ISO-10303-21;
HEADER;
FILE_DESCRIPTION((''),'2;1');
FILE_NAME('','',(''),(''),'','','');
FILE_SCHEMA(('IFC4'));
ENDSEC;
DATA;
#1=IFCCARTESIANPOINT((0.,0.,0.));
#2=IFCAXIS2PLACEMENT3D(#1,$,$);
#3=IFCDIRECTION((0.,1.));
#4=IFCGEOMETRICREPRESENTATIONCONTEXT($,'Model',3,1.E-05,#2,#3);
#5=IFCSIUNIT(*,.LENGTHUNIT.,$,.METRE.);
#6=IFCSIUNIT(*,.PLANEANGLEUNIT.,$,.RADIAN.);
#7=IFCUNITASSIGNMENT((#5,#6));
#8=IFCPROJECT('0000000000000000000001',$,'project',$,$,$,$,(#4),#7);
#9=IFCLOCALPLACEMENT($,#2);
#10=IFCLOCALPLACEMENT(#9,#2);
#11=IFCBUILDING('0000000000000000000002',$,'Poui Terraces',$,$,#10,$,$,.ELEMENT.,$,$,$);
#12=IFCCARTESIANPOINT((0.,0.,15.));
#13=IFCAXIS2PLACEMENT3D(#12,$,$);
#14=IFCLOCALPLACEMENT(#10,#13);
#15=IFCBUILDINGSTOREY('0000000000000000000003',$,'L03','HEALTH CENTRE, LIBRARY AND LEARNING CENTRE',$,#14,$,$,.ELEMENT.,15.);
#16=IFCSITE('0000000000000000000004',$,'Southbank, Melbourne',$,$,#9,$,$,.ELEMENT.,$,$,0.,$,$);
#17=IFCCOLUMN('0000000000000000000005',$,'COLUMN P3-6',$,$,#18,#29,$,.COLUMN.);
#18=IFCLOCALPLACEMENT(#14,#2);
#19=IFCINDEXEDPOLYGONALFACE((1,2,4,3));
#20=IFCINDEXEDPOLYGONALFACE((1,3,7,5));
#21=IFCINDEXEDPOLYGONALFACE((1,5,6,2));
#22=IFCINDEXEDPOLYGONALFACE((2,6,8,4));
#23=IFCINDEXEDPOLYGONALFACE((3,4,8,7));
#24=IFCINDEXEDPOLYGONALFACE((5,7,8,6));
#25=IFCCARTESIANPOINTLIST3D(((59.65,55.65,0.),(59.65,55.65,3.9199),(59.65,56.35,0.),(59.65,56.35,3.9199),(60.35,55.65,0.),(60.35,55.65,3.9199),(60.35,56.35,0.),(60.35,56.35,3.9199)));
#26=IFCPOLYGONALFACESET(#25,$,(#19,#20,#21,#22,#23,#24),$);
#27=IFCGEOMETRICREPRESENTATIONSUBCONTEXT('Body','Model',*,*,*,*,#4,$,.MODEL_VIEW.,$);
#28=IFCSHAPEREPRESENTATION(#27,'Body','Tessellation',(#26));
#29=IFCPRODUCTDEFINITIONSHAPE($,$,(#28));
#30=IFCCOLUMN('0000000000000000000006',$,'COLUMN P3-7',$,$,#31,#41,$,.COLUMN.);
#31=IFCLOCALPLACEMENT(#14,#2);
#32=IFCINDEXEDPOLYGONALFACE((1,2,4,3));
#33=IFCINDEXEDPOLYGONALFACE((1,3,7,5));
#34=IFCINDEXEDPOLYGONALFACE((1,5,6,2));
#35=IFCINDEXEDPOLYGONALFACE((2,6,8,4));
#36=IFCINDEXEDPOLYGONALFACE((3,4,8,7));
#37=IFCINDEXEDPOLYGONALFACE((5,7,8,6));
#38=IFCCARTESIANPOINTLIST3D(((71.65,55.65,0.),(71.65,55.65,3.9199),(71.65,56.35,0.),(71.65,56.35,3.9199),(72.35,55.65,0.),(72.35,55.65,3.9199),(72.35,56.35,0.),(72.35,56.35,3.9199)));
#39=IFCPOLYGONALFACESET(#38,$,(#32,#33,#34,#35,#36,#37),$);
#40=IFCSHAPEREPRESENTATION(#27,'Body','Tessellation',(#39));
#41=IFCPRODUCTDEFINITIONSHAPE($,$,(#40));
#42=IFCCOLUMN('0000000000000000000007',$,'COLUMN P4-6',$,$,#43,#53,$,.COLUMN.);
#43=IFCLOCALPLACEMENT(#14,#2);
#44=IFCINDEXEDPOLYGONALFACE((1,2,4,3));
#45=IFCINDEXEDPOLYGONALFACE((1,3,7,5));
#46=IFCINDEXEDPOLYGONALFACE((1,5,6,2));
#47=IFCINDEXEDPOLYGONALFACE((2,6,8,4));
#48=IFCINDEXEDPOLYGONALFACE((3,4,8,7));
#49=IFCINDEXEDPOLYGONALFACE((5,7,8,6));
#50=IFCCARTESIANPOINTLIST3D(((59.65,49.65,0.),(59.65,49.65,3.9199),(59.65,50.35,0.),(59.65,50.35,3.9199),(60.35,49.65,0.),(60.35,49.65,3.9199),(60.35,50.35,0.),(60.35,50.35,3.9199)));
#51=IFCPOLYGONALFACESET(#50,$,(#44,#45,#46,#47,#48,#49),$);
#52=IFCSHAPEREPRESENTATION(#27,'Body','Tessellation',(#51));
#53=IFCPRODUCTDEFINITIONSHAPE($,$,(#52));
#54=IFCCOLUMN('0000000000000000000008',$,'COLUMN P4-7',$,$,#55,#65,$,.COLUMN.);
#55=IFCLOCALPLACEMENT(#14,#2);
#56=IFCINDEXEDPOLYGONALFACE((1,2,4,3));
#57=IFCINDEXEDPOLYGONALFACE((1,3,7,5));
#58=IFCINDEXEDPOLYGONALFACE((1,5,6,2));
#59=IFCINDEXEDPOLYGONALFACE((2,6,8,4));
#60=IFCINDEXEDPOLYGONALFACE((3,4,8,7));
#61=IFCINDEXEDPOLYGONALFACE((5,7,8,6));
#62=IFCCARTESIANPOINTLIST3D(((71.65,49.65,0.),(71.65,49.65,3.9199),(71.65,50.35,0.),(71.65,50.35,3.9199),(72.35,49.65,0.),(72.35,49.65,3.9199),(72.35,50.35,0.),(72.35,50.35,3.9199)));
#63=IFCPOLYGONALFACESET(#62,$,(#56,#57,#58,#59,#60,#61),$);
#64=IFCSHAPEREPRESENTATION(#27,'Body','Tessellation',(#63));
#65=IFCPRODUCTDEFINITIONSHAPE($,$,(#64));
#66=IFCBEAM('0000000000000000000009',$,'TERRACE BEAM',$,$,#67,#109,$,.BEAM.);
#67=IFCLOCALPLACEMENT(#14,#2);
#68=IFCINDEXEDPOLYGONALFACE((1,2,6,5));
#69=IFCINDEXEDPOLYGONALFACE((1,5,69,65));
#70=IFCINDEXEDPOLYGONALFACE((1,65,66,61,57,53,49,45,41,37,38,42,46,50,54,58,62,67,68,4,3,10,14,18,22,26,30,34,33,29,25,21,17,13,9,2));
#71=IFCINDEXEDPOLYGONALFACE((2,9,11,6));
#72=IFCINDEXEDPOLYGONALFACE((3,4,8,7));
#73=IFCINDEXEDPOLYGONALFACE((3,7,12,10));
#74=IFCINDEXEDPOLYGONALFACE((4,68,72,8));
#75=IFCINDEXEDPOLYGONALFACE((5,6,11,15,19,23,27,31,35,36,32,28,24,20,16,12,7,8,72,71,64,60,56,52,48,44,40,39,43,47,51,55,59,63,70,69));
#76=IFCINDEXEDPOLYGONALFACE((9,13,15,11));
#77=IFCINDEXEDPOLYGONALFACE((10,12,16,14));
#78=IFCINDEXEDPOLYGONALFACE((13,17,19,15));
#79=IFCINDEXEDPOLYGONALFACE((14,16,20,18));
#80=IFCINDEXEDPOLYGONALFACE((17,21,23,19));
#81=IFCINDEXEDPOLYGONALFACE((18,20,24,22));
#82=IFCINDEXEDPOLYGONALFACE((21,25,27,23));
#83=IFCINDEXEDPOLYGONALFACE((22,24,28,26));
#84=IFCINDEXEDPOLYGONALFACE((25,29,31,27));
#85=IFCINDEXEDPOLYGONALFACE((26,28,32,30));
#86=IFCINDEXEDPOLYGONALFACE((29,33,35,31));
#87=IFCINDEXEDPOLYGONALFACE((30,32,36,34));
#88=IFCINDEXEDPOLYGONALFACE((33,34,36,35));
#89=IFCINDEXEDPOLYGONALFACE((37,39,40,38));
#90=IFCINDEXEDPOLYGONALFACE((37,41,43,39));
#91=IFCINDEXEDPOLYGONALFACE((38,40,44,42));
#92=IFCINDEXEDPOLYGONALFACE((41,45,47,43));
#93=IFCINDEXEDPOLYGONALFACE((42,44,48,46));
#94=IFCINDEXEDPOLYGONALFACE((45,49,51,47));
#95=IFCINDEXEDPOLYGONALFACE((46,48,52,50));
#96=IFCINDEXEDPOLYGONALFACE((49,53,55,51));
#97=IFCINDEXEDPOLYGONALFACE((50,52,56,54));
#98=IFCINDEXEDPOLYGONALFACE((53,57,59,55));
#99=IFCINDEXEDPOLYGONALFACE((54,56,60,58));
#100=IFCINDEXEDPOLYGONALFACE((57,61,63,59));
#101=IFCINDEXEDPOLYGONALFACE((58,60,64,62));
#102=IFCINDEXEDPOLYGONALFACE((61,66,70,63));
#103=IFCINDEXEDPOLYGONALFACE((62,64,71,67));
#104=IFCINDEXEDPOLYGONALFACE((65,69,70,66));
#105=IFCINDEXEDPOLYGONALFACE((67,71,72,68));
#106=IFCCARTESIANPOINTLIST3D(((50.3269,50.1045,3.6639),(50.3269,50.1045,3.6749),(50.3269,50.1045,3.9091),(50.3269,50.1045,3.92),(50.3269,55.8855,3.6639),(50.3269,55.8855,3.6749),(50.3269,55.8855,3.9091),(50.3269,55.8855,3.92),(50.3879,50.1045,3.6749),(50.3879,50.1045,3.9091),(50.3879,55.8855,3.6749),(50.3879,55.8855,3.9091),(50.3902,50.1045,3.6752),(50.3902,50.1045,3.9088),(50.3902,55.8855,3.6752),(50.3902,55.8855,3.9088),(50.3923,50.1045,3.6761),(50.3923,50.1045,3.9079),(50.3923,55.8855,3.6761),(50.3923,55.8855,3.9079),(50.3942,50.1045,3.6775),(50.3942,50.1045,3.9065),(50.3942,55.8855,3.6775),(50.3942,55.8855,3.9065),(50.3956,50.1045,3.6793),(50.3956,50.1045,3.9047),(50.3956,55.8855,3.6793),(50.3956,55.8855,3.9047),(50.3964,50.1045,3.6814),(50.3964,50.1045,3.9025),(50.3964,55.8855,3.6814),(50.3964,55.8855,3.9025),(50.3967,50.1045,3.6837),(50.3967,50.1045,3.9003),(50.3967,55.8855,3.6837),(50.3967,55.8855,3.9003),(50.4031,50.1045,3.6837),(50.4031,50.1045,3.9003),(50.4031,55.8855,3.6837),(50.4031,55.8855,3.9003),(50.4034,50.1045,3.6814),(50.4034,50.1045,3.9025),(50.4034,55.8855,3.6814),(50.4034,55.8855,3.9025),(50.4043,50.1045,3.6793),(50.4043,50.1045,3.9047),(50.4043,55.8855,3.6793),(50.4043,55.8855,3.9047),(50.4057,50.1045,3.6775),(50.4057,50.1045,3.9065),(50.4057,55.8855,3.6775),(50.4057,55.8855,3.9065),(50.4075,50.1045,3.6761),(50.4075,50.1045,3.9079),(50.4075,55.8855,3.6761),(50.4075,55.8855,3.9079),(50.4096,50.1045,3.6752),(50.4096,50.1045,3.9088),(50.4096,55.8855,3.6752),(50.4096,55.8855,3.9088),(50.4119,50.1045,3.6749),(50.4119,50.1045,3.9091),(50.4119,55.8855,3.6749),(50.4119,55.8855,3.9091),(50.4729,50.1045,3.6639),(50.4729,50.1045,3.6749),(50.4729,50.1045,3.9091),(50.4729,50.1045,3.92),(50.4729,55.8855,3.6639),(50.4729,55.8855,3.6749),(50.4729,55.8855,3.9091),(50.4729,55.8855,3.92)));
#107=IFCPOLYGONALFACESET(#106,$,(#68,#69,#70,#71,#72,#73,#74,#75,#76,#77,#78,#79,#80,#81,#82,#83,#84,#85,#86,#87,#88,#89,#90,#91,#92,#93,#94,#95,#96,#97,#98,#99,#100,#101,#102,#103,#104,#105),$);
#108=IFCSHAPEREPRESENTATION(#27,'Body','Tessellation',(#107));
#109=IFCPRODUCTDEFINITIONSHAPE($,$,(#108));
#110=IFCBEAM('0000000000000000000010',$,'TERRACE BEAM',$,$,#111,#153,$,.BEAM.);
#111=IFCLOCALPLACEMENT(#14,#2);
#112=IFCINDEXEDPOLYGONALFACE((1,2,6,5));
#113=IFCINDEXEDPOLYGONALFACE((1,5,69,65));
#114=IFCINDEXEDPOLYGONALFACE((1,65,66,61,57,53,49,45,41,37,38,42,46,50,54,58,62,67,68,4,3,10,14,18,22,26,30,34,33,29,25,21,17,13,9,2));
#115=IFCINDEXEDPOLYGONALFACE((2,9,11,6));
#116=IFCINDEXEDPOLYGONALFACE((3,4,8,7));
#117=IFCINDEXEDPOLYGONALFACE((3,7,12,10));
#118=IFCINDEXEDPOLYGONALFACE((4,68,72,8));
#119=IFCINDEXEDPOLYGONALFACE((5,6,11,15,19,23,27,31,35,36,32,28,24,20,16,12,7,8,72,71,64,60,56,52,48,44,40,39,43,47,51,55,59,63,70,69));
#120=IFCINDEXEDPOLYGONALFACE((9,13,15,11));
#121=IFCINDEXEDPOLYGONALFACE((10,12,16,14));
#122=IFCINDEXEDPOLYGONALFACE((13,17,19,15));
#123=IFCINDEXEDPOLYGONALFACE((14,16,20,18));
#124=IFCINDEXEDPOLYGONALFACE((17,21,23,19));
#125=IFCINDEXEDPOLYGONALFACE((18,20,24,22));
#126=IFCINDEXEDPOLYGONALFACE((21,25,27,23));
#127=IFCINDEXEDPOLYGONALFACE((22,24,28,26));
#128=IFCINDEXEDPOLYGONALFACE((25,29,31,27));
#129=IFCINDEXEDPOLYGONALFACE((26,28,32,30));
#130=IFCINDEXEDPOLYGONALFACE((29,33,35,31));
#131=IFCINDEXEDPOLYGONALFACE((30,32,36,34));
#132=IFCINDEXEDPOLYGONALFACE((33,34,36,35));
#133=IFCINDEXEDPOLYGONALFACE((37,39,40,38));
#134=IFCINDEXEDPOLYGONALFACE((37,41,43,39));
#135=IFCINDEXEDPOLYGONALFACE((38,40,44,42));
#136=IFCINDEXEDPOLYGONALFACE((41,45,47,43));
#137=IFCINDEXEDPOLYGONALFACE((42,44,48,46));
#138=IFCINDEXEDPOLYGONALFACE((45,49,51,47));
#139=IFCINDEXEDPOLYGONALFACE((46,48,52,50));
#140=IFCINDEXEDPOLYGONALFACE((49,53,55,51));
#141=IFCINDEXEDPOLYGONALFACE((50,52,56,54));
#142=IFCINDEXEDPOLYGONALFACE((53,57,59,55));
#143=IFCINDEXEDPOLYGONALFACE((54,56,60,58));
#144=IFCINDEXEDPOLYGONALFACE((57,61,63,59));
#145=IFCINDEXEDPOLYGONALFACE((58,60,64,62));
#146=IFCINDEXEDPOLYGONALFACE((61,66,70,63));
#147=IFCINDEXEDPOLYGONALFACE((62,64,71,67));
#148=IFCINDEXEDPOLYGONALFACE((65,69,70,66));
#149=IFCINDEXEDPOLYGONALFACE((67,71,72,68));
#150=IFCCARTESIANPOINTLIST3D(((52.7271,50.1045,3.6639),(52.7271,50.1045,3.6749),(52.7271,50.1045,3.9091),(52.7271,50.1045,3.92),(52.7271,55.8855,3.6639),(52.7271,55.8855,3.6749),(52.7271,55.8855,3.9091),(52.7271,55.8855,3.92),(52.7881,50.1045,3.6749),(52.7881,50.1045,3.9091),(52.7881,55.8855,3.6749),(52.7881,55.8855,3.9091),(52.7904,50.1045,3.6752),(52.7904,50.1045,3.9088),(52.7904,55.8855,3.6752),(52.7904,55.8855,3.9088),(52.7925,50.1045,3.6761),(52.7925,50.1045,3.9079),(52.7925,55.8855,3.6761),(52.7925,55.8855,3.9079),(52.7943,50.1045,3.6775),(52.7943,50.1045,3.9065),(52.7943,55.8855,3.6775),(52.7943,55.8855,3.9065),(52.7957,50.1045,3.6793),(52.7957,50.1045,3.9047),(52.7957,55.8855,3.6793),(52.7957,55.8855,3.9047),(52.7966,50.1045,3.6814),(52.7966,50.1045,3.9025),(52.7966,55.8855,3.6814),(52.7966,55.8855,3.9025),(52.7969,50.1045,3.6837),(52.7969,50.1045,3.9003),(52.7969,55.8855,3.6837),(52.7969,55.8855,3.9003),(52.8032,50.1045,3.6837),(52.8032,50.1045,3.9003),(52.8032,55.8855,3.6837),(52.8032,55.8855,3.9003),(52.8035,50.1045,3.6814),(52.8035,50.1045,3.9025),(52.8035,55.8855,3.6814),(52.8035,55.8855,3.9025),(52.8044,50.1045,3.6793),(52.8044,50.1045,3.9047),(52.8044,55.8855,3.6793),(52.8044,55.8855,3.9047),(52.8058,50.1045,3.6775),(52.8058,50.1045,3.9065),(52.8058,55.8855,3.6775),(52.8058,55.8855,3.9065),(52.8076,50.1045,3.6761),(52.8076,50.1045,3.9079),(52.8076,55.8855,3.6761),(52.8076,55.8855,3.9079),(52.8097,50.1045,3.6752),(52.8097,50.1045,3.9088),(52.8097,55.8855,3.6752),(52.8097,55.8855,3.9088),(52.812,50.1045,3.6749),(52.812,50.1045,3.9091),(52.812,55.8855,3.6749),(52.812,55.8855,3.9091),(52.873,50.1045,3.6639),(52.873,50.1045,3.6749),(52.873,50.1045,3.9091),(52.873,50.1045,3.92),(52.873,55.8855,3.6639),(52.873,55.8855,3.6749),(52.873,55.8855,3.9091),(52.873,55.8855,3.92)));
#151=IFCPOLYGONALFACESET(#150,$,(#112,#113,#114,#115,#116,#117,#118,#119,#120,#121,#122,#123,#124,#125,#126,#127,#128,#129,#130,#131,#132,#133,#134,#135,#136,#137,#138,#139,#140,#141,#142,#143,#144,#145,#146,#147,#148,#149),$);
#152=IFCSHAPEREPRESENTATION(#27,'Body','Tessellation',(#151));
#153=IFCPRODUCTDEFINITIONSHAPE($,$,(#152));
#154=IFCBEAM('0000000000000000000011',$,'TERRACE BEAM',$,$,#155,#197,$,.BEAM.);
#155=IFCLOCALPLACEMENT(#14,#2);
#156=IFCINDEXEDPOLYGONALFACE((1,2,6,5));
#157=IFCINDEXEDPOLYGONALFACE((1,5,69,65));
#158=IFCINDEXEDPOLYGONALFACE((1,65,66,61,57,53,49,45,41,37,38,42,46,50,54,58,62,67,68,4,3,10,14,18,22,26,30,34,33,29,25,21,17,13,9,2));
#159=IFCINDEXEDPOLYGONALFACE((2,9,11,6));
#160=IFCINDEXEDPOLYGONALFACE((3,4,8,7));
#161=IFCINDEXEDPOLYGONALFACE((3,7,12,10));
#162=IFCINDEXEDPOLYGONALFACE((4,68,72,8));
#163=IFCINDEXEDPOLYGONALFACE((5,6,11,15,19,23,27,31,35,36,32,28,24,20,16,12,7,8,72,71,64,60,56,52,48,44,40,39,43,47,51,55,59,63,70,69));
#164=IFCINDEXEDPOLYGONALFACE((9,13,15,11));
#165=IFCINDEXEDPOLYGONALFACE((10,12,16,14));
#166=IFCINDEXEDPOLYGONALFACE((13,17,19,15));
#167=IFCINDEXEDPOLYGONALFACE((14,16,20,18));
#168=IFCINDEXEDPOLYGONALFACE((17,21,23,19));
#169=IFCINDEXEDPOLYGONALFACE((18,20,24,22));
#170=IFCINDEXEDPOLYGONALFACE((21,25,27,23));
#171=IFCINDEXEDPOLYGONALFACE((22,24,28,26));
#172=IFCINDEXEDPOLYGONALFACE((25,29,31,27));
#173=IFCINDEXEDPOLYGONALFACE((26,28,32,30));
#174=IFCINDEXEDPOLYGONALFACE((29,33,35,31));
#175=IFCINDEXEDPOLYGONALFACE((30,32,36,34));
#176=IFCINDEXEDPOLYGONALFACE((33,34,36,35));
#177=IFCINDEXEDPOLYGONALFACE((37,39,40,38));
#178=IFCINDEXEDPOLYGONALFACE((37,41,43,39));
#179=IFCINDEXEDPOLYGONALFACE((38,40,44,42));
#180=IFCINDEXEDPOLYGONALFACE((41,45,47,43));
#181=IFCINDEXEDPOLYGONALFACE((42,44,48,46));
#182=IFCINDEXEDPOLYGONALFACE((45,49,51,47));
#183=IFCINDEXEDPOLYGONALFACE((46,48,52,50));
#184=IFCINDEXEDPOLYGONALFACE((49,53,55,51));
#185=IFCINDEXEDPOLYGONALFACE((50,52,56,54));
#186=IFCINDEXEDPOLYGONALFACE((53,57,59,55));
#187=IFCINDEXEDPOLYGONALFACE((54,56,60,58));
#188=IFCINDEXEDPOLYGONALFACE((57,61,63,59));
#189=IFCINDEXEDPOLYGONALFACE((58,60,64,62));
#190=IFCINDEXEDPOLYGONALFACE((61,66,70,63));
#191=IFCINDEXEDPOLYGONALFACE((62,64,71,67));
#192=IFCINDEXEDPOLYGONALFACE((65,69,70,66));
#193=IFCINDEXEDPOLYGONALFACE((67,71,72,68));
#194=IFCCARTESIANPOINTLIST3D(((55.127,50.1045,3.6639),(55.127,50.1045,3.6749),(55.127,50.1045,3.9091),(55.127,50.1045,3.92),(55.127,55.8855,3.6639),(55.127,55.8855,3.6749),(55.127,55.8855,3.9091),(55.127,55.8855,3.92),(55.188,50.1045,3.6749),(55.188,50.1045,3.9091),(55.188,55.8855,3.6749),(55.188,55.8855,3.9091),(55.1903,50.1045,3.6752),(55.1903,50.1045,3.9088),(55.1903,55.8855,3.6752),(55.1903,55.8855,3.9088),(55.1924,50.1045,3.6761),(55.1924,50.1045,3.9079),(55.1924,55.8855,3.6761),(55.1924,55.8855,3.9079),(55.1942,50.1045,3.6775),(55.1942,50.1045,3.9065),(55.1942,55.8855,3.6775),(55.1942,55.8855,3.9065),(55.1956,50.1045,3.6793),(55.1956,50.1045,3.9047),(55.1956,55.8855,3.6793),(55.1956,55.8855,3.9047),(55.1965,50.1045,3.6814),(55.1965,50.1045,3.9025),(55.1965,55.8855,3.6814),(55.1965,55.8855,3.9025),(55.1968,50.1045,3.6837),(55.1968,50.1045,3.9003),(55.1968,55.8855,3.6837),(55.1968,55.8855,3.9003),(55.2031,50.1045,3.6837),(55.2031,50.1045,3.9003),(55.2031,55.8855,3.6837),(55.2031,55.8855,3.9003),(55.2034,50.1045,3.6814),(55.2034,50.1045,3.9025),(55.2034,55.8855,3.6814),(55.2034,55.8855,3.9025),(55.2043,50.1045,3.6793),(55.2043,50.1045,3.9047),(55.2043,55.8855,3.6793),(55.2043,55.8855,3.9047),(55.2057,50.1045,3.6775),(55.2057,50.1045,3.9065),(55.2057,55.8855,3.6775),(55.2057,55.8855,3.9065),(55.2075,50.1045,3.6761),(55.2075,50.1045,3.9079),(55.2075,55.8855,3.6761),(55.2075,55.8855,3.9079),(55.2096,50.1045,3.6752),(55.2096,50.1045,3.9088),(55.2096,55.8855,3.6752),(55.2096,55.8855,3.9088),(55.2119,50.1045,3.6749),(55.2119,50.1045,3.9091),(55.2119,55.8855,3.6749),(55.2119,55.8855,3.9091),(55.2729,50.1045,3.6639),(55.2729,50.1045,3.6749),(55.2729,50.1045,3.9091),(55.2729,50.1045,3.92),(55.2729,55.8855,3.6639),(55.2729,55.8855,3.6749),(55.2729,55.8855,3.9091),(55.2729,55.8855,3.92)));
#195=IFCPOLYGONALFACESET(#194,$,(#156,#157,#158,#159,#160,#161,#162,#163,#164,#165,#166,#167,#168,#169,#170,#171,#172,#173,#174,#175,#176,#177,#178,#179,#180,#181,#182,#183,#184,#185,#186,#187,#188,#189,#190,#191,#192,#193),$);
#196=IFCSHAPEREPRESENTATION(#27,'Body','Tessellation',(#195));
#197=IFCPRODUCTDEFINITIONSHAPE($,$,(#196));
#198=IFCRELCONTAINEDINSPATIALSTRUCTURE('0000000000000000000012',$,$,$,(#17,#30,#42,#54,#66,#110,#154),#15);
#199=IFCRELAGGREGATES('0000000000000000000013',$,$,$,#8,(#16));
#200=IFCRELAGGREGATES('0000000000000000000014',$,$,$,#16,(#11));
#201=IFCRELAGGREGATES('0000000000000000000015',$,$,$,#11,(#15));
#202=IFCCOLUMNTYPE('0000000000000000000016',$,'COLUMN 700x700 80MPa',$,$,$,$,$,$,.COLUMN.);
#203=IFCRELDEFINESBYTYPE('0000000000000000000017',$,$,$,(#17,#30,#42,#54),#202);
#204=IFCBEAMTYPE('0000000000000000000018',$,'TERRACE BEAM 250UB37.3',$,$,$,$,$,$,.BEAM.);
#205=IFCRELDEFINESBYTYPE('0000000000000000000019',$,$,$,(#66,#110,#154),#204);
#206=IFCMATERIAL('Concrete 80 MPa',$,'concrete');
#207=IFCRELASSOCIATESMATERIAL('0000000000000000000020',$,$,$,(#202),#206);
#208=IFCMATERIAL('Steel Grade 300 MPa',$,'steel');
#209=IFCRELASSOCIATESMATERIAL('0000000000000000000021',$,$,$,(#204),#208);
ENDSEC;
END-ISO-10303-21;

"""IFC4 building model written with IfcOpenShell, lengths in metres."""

from ifc_helpers import new_model, si_unit, direction, frame, origin, origin_2d, place, context, subcontext, project, spatial, rectangle, i_section, extrude, source, transform, mapped, material, material_profile, profile_set, type_object, element, save


model = new_model("IFC4")

# Units and contexts
model_context = context("Model", 3, precision=1e-05, world=origin(), true_north=direction((0.0, 1.0)))
body_context = subcontext(model_context, "Body", "Model", "MODEL_VIEW")
ifc_project = project(units=[si_unit("LENGTHUNIT", "METRE"), si_unit("PLANEANGLEUNIT", "RADIAN")], contexts=[model_context])

# Site, building, storey
site_placement = place(None, origin())
site = spatial("IfcSite", under=ifc_project, at=site_placement, Name="Southbank, Melbourne", CompositionType="ELEMENT", RefElevation=0.0)
building_placement = place(site_placement, origin())
building = spatial("IfcBuilding", under=site, at=building_placement, Name="Poui Terraces", CompositionType="ELEMENT")
storey_placement = place(building_placement, frame((0.0, 0.0, 15.0)))
storey = spatial("IfcBuildingStorey", under=building, at=storey_placement, Name="L03", Description="HEALTH CENTRE, LIBRARY AND LEARNING CENTRE", CompositionType="ELEMENT", Elevation=15.0)

# Columns
ifc_material_1 = material(Name="Concrete 80 MPa", Category="concrete")
ifc_material_profile_1 = material_profile(ifc_material_1, rectangle(XDim=0.7, YDim=0.7, at=origin_2d()), Name="RC 700x700")
ifc_profile_set_1 = profile_set([ifc_material_profile_1], Name="Concrete 80 MPa")
column_type = type_object("IfcColumnType", Name="COLUMN 700x700 80MPa", PredefinedType="COLUMN", material=ifc_profile_set_1)
shared_shape_1 = source(origin(), body_context, "Body", "SweptSolid", [
    extrude(rectangle(XDim=0.7, YDim=0.7, at=origin_2d()), origin(), (0.0, 0.0, 1.0), 3.9199),
])
for number, where, z_axis, x_axis, name in (
    (1, (60.0, 56.0, 0.0), (0.0, 0.0, 1.0), (1.0, 0.0, 0.0), "COLUMN P3-6"),
    (2, (72.0, 56.0, 0.0), (0.0, 0.0, 1.0), (1.0, 0.0, 0.0), "COLUMN P3-7"),
    (3, (60.0, 50.0, 0.0), (0.0, 0.0, 1.0), (1.0, 0.0, 0.0), "COLUMN P4-6"),
    (4, (72.0, 50.0, 0.0), (0.0, 0.0, 1.0), (1.0, 0.0, 0.0), "COLUMN P4-7"),
):
    element("IfcColumn", number, at=place(storey_placement, frame(where, z_axis=z_axis, x_axis=x_axis)), inside=storey, type_object=column_type, Name=name, PredefinedType="COLUMN", context=body_context, shape_type="MappedRepresentation", body=[
        mapped(shared_shape_1, transform((0.0, 0.0, 0.0))),
    ])

# Beams
ifc_material_2 = material(Name="Steel Grade 300 MPa", Category="steel")
ifc_material_profile_2 = material_profile(ifc_material_2, i_section(OverallWidth=0.146, OverallDepth=0.2561, WebThickness=0.0063, FlangeThickness=0.011, FilletRadius=0.0088, at=origin_2d()), Name="250UB37.3")
ifc_profile_set_2 = profile_set([ifc_material_profile_2], Name="Steel Grade 300 MPa")
beam_type_1 = type_object("IfcBeamType", Name="TERRACE BEAM 250UB37.3", PredefinedType="BEAM", material=ifc_profile_set_2)
shared_shape_2 = source(origin(), body_context, "Body", "SweptSolid", [
    extrude(i_section(OverallWidth=0.146, OverallDepth=0.2561, WebThickness=0.0063, FlangeThickness=0.011, FilletRadius=0.0088, at=origin_2d()), origin(), (0.0, 0.0, 1.0), 5.781),
])
for number, where, z_axis, x_axis, name in (
    (5, (50.3999, 50.1045, 3.792), (0.0, 1.0, 0.0), (-1.0, 0.0, 0.0), "TERRACE BEAM"),
    (6, (52.8, 50.1045, 3.792), (0.0, 1.0, 0.0), (-1.0, 0.0, 0.0), "TERRACE BEAM"),
    (7, (55.2, 50.1045, 3.792), (0.0, 1.0, 0.0), (-1.0, 0.0, 0.0), "TERRACE BEAM"),
):
    element("IfcBeam", number, at=place(storey_placement, frame(where, z_axis=z_axis, x_axis=x_axis)), inside=storey, type_object=beam_type_1, Name=name, PredefinedType="BEAM", context=body_context, shape_type="MappedRepresentation", body=[
        mapped(shared_shape_2, transform((0.0, 0.0, 0.0))),
    ])

save(model, "model.ifc")
